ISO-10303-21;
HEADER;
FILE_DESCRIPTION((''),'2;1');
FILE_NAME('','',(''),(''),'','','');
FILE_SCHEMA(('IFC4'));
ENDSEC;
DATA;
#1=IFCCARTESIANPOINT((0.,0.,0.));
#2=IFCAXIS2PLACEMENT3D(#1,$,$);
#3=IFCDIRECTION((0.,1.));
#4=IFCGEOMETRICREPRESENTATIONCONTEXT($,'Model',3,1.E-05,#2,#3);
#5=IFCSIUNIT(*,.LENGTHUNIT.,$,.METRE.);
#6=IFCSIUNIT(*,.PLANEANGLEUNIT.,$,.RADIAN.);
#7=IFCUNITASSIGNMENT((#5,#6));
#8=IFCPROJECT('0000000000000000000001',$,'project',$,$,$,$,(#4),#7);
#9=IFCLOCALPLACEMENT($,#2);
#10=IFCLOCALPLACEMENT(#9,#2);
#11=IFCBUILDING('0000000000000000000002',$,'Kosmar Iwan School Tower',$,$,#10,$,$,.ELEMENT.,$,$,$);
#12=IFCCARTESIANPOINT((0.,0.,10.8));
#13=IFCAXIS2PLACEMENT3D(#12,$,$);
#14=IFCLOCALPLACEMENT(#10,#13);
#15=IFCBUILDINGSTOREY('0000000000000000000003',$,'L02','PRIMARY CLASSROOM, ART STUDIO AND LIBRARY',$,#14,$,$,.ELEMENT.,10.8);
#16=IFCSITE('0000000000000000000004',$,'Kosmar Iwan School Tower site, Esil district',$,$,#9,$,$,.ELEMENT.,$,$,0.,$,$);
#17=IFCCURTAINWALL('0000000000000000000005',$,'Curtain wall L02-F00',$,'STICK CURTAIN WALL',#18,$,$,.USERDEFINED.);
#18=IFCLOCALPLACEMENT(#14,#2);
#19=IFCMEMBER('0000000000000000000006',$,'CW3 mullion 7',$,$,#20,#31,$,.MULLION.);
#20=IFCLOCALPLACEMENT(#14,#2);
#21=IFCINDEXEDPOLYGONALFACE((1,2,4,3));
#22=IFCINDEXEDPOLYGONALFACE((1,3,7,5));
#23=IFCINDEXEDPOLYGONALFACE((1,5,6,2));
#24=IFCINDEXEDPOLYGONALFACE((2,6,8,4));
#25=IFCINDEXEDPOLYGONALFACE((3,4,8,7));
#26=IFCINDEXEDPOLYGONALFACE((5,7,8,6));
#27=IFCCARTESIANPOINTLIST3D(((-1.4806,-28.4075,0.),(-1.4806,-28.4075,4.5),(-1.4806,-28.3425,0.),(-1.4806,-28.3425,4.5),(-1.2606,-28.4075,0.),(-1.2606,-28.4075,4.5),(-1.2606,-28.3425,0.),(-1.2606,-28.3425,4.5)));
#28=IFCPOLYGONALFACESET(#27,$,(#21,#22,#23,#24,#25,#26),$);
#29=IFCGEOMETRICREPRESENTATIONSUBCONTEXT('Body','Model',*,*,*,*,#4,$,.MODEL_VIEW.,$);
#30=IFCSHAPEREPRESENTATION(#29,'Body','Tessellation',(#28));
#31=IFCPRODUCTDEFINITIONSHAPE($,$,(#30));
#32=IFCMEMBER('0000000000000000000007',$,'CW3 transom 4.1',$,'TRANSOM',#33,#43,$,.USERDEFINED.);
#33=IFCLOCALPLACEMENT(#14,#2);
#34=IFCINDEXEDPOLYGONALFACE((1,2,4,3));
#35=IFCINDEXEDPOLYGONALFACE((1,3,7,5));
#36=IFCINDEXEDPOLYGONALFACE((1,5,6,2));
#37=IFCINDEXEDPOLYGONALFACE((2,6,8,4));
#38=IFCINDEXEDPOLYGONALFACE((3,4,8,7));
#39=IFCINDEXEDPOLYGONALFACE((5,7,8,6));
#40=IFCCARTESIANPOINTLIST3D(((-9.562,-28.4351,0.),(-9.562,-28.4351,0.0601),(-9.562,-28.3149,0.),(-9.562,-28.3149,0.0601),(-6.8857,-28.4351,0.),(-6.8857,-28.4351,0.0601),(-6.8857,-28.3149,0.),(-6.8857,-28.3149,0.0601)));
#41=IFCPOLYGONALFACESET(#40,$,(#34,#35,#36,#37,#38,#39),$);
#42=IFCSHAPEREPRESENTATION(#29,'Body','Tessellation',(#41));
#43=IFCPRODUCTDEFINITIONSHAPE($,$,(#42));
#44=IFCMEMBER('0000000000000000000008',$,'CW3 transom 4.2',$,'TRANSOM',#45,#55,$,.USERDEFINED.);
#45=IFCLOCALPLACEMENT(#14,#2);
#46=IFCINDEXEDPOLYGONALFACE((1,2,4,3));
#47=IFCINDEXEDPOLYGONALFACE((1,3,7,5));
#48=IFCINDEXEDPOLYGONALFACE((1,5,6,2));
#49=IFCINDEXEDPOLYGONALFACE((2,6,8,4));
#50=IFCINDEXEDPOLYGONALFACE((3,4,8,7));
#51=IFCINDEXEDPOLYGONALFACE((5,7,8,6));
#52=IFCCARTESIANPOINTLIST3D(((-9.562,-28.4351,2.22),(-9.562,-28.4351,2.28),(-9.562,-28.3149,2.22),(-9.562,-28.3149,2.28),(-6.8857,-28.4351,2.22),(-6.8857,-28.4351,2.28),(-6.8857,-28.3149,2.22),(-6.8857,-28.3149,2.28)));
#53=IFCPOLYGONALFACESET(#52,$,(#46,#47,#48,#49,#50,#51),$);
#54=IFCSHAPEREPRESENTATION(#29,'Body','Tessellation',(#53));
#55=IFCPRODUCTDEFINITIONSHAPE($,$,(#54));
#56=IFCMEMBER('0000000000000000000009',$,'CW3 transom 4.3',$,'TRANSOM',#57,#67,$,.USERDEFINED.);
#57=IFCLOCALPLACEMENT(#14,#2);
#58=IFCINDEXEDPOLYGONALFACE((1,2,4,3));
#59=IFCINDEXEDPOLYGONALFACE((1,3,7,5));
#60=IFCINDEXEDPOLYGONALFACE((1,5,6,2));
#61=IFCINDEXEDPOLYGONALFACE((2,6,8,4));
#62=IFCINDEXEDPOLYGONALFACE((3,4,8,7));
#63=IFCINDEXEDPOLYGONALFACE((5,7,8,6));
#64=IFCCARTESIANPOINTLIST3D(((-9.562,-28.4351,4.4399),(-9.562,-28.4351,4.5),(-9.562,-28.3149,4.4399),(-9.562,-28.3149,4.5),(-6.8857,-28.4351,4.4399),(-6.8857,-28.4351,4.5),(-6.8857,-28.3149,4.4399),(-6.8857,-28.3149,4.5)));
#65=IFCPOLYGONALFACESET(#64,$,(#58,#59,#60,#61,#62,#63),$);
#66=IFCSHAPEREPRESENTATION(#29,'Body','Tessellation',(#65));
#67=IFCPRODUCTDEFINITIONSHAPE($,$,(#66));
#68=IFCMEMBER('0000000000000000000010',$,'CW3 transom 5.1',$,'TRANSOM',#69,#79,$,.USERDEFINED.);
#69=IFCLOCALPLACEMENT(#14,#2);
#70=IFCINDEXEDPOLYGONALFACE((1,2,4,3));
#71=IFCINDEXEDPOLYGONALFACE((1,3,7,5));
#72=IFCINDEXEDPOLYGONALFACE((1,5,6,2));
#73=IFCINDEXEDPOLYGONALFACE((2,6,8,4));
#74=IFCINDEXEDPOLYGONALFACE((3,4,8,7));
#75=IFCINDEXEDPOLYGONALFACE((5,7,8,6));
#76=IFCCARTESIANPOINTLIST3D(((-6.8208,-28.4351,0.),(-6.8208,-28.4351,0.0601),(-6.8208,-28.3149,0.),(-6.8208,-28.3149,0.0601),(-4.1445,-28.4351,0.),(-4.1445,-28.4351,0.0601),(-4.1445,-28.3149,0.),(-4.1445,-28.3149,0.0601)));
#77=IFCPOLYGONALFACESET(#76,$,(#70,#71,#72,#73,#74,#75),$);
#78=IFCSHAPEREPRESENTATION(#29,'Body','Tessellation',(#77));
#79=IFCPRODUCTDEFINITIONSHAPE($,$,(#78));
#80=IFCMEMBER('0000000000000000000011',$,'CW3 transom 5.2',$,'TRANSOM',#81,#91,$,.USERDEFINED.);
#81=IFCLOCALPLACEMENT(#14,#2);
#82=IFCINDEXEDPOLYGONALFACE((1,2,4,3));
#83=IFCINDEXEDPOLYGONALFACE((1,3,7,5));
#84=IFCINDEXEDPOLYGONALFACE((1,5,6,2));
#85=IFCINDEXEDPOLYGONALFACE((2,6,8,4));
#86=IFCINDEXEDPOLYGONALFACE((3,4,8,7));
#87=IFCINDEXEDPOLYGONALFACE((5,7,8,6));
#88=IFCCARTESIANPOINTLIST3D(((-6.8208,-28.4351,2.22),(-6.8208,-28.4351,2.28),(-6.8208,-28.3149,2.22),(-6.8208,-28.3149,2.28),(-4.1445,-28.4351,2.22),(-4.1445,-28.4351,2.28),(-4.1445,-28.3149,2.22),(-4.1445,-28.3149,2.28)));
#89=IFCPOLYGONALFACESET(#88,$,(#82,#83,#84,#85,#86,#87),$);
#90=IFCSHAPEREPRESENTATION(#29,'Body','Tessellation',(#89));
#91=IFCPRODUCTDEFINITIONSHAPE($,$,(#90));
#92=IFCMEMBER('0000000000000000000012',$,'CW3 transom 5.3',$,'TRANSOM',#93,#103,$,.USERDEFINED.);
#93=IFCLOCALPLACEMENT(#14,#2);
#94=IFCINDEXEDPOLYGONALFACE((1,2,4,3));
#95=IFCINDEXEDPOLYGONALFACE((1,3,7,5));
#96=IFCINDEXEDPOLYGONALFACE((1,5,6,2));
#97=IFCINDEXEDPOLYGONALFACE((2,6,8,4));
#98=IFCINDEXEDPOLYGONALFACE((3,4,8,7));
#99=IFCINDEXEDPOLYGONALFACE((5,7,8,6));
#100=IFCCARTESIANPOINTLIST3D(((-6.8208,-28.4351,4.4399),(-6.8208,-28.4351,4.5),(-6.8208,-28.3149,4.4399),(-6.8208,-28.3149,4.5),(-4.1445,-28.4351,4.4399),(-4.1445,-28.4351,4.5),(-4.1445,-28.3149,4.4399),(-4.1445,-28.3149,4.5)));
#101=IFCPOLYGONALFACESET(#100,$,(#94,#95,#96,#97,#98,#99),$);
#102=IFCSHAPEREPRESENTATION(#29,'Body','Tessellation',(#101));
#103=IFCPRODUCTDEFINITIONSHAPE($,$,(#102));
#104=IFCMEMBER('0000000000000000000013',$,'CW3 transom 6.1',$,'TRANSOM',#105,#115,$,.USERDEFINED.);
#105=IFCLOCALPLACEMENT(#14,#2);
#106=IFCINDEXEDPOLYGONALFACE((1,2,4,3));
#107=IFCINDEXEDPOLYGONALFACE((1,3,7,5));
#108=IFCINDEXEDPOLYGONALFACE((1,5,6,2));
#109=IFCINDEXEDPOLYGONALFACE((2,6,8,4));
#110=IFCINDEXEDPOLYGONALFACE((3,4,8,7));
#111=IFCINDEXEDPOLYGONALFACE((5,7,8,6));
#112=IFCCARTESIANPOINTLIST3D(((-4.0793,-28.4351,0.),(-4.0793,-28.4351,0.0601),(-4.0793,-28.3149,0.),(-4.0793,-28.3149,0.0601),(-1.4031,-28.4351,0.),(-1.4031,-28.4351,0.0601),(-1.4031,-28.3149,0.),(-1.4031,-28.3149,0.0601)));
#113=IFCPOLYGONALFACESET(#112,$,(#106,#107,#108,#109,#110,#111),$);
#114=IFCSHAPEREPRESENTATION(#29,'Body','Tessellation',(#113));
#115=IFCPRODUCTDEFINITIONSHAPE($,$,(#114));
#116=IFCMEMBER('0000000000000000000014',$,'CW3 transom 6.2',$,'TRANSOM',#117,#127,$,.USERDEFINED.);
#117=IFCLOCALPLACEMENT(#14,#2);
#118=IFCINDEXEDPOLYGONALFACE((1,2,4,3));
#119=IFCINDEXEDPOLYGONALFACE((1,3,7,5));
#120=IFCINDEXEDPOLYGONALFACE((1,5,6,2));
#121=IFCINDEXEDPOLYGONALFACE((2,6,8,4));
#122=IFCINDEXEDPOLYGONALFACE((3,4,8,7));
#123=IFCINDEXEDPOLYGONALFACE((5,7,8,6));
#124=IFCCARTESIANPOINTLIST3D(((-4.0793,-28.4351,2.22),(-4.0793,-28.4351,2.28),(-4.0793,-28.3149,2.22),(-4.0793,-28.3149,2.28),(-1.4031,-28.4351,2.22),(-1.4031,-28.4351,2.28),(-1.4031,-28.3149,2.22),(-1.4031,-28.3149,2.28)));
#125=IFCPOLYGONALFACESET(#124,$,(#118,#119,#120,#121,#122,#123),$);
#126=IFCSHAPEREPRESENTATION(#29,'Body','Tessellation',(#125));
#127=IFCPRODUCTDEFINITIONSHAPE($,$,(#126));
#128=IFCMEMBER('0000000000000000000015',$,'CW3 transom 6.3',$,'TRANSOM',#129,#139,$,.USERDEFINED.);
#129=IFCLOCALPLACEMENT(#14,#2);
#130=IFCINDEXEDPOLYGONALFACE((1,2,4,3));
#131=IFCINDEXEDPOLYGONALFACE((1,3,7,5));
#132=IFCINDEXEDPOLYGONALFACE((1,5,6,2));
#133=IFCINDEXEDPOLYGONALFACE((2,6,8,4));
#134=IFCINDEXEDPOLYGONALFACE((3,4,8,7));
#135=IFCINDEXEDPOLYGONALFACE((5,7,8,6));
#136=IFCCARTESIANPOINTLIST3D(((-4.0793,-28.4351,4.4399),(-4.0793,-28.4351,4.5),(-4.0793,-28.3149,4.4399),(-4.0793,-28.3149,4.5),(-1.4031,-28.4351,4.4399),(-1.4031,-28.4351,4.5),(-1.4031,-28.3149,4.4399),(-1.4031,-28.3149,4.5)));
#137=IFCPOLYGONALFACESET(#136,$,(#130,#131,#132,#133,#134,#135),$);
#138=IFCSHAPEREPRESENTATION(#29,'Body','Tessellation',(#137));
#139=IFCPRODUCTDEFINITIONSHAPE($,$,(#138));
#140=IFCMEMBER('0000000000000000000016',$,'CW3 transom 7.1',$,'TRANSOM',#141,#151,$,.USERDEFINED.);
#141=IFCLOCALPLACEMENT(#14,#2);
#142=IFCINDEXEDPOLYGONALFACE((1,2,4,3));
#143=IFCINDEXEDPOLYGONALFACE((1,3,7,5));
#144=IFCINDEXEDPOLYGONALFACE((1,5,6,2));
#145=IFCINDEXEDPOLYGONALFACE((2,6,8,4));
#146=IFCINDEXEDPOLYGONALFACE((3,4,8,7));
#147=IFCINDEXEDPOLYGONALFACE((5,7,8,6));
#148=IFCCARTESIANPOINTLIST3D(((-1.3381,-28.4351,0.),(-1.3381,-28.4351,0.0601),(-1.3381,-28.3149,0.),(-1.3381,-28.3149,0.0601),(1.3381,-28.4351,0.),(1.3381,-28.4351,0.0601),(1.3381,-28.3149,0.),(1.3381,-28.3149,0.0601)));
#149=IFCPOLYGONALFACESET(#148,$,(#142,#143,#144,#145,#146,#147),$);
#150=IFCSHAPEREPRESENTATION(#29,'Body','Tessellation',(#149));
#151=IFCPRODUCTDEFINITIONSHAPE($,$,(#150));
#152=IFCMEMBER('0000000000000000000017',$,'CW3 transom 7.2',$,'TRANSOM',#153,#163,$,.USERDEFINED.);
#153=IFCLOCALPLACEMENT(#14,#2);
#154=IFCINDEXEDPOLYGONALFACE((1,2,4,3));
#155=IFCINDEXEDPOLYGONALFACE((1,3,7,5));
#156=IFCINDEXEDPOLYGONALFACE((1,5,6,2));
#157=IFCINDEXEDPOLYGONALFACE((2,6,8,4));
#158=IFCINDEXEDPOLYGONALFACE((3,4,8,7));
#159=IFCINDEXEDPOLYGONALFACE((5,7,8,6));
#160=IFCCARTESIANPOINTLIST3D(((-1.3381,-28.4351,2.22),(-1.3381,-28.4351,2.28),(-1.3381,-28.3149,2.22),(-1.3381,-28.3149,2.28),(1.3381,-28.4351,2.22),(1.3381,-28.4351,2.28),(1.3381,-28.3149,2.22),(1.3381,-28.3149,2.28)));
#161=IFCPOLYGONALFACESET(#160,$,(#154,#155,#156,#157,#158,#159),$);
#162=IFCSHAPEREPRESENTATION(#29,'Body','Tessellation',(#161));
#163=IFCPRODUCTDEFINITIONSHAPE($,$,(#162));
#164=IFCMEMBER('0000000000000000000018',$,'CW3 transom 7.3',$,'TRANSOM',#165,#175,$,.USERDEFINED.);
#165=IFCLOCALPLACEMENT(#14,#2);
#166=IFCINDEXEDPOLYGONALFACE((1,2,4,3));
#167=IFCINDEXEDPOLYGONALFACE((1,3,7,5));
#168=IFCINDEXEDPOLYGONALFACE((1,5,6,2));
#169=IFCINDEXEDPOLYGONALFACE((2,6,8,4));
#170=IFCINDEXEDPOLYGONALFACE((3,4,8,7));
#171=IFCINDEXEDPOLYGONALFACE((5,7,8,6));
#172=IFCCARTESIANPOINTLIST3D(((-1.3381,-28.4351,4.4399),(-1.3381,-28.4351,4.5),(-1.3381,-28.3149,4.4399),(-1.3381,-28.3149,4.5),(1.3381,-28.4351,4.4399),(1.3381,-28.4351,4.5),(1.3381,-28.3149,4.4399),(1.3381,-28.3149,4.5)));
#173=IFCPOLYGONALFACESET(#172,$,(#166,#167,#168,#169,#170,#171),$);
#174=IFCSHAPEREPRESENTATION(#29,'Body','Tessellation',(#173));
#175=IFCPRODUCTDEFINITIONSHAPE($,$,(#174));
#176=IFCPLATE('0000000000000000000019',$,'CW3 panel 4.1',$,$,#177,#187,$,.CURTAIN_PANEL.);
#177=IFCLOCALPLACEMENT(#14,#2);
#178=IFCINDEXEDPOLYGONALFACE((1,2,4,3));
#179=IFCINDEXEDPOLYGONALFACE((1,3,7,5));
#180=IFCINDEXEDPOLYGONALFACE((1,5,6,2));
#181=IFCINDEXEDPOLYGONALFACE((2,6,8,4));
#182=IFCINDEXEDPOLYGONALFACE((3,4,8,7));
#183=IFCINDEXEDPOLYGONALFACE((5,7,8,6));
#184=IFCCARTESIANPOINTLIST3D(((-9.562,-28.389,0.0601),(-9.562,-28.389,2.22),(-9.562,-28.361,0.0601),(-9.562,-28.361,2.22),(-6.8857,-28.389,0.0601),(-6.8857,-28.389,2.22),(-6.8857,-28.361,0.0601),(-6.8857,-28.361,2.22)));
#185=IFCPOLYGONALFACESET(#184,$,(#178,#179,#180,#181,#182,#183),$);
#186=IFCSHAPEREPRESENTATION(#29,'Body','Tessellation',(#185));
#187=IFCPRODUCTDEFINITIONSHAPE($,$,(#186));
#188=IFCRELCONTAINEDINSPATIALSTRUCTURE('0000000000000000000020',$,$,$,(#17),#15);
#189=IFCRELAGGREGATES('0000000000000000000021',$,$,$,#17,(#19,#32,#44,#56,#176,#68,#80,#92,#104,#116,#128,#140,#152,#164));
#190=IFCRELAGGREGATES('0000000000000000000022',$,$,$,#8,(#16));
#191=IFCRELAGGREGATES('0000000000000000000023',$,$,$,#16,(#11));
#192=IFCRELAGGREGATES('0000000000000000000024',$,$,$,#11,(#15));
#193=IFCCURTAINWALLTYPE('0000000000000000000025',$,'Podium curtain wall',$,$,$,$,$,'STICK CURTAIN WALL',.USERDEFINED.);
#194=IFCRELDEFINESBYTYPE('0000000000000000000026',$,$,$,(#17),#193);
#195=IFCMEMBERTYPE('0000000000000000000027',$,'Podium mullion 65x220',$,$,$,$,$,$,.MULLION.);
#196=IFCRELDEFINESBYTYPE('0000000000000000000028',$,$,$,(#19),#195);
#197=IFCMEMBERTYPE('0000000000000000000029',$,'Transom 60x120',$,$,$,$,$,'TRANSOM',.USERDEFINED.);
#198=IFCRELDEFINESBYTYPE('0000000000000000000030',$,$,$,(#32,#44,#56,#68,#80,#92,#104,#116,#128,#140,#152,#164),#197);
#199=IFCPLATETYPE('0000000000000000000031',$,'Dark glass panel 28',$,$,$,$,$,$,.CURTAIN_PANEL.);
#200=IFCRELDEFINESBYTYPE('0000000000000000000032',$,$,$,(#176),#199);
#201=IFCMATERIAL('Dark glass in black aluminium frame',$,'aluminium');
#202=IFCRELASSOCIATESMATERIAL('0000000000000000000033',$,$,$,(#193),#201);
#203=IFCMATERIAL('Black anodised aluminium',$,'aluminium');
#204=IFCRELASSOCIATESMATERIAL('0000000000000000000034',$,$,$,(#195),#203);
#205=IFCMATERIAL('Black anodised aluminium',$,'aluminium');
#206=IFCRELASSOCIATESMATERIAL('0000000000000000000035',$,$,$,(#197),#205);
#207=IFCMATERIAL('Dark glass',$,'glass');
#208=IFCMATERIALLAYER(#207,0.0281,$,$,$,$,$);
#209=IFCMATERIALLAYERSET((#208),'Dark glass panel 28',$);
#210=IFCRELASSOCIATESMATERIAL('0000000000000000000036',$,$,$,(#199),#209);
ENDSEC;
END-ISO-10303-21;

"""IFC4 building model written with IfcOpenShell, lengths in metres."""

from ifc_helpers import new_model, si_unit, direction, frame, origin, origin_2d, place, context, subcontext, project, spatial, rectangle, extrude, material, layer, layer_set, material_profile, profile_set, type_object, element, aggregate, save


model = new_model("IFC4")

# Units and contexts
model_context = context("Model", 3, precision=1e-05, world=origin(), true_north=direction((0.0, 1.0)))
body_context = subcontext(model_context, "Body", "Model", "MODEL_VIEW")
ifc_project = project(units=[si_unit("LENGTHUNIT", "METRE"), si_unit("PLANEANGLEUNIT", "RADIAN")], contexts=[model_context])

# Site, building, storey
site_placement = place(None, origin())
site = spatial("IfcSite", under=ifc_project, at=site_placement, Name="Kosmar Iwan School Tower site, Esil district", CompositionType="ELEMENT", RefElevation=0.0)
building_placement = place(site_placement, origin())
building = spatial("IfcBuilding", under=site, at=building_placement, Name="Kosmar Iwan School Tower", CompositionType="ELEMENT")
storey_placement = place(building_placement, frame((0.0, 0.0, 10.8)))
storey = spatial("IfcBuildingStorey", under=building, at=storey_placement, Name="L02", Description="PRIMARY CLASSROOM, ART STUDIO AND LIBRARY", CompositionType="ELEMENT", Elevation=10.8)

# Curtain wall, members, plate
ifc_material_1 = material(Name="Dark glass in black aluminium frame", Category="aluminium")
curtain_wall_type = type_object("IfcCurtainWallType", Name="Podium curtain wall", ElementType="STICK CURTAIN WALL", PredefinedType="USERDEFINED", material=ifc_material_1)
curtain_wall_placement = place(storey_placement, origin())
curtain_wall = element("IfcCurtainWall", 1, at=curtain_wall_placement, inside=storey, type_object=curtain_wall_type, Name="Curtain wall L02-F00", ObjectType="STICK CURTAIN WALL", PredefinedType="USERDEFINED")
ifc_material_2 = material(Name="Black anodised aluminium", Category="aluminium")
ifc_material_profile_1 = material_profile(ifc_material_2, rectangle(XDim=0.0649, YDim=0.22, at=origin_2d()), Name="MULLION 65x220")
ifc_profile_set_1 = profile_set([ifc_material_profile_1], Name="Black anodised aluminium")
member_type_1 = type_object("IfcMemberType", Name="Podium mullion 65x220", PredefinedType="MULLION", material=ifc_profile_set_1)
member_1_placement = place(storey_placement, frame((-1.3706, -28.375, 0.0), z_axis=(0.0, 0.0, 1.0), x_axis=(0.0, 1.0, 0.0)))
member_1 = element("IfcMember", 2, at=member_1_placement, type_object=member_type_1, Name="CW3 mullion 7", PredefinedType="MULLION", context=body_context, shape_type="SweptSolid", body=[
    extrude(rectangle(XDim=0.0649, YDim=0.22, at=origin_2d()), origin(), (0.0, 0.0, 1.0), 4.5),
])
ifc_material_3 = material(Name="Black anodised aluminium", Category="aluminium")
ifc_material_profile_2 = material_profile(ifc_material_3, rectangle(XDim=0.1201, YDim=0.0601, at=origin_2d()), Name="TRANSOM 60x120")
ifc_profile_set_2 = profile_set([ifc_material_profile_2], Name="Black anodised aluminium")
member_type_2 = type_object("IfcMemberType", Name="Transom 60x120", ElementType="TRANSOM", PredefinedType="USERDEFINED", material=ifc_profile_set_2)
member_2_placement = place(storey_placement, frame((-9.562, -28.375, 0.03), z_axis=(1.0, 0.0, 0.0), x_axis=(0.0, 1.0, 0.0)))
member_2 = element("IfcMember", 3, at=member_2_placement, type_object=member_type_2, Name="CW3 transom 4.1", ObjectType="TRANSOM", PredefinedType="USERDEFINED", context=body_context, shape_type="SweptSolid", body=[
    extrude(rectangle(XDim=0.1201, YDim=0.0601, at=origin_2d()), origin(), (0.0, 0.0, 1.0), 2.6763),
])
member_3_placement = place(storey_placement, frame((-9.562, -28.375, 2.25), z_axis=(1.0, 0.0, 0.0), x_axis=(0.0, 1.0, 0.0)))
member_3 = element("IfcMember", 4, at=member_3_placement, type_object=member_type_2, Name="CW3 transom 4.2", ObjectType="TRANSOM", PredefinedType="USERDEFINED", context=body_context, shape_type="SweptSolid", body=[
    extrude(rectangle(XDim=0.1201, YDim=0.0601, at=origin_2d()), origin(), (0.0, 0.0, 1.0), 2.6763),
])
member_4_placement = place(storey_placement, frame((-9.562, -28.375, 4.47), z_axis=(1.0, 0.0, 0.0), x_axis=(0.0, 1.0, 0.0)))
member_4 = element("IfcMember", 5, at=member_4_placement, type_object=member_type_2, Name="CW3 transom 4.3", ObjectType="TRANSOM", PredefinedType="USERDEFINED", context=body_context, shape_type="SweptSolid", body=[
    extrude(rectangle(XDim=0.1201, YDim=0.0601, at=origin_2d()), origin(), (0.0, 0.0, 1.0), 2.6763),
])
member_5_placement = place(storey_placement, frame((-6.8208, -28.375, 0.03), z_axis=(1.0, 0.0, 0.0), x_axis=(0.0, 1.0, 0.0)))
member_5 = element("IfcMember", 6, at=member_5_placement, type_object=member_type_2, Name="CW3 transom 5.1", ObjectType="TRANSOM", PredefinedType="USERDEFINED", context=body_context, shape_type="SweptSolid", body=[
    extrude(rectangle(XDim=0.1201, YDim=0.0601, at=origin_2d()), origin(), (0.0, 0.0, 1.0), 2.6763),
])
member_6_placement = place(storey_placement, frame((-6.8208, -28.375, 2.25), z_axis=(1.0, 0.0, 0.0), x_axis=(0.0, 1.0, 0.0)))
member_6 = element("IfcMember", 7, at=member_6_placement, type_object=member_type_2, Name="CW3 transom 5.2", ObjectType="TRANSOM", PredefinedType="USERDEFINED", context=body_context, shape_type="SweptSolid", body=[
    extrude(rectangle(XDim=0.1201, YDim=0.0601, at=origin_2d()), origin(), (0.0, 0.0, 1.0), 2.6763),
])
member_7_placement = place(storey_placement, frame((-6.8208, -28.375, 4.47), z_axis=(1.0, 0.0, 0.0), x_axis=(0.0, 1.0, 0.0)))
member_7 = element("IfcMember", 8, at=member_7_placement, type_object=member_type_2, Name="CW3 transom 5.3", ObjectType="TRANSOM", PredefinedType="USERDEFINED", context=body_context, shape_type="SweptSolid", body=[
    extrude(rectangle(XDim=0.1201, YDim=0.0601, at=origin_2d()), origin(), (0.0, 0.0, 1.0), 2.6763),
])
member_8_placement = place(storey_placement, frame((-4.0793, -28.375, 0.03), z_axis=(1.0, 0.0, 0.0), x_axis=(0.0, 1.0, 0.0)))
member_8 = element("IfcMember", 9, at=member_8_placement, type_object=member_type_2, Name="CW3 transom 6.1", ObjectType="TRANSOM", PredefinedType="USERDEFINED", context=body_context, shape_type="SweptSolid", body=[
    extrude(rectangle(XDim=0.1201, YDim=0.0601, at=origin_2d()), origin(), (0.0, 0.0, 1.0), 2.6763),
])
member_9_placement = place(storey_placement, frame((-4.0793, -28.375, 2.25), z_axis=(1.0, 0.0, 0.0), x_axis=(0.0, 1.0, 0.0)))
member_9 = element("IfcMember", 10, at=member_9_placement, type_object=member_type_2, Name="CW3 transom 6.2", ObjectType="TRANSOM", PredefinedType="USERDEFINED", context=body_context, shape_type="SweptSolid", body=[
    extrude(rectangle(XDim=0.1201, YDim=0.0601, at=origin_2d()), origin(), (0.0, 0.0, 1.0), 2.6763),
])
member_10_placement = place(storey_placement, frame((-4.0793, -28.375, 4.47), z_axis=(1.0, 0.0, 0.0), x_axis=(0.0, 1.0, 0.0)))
member_10 = element("IfcMember", 11, at=member_10_placement, type_object=member_type_2, Name="CW3 transom 6.3", ObjectType="TRANSOM", PredefinedType="USERDEFINED", context=body_context, shape_type="SweptSolid", body=[
    extrude(rectangle(XDim=0.1201, YDim=0.0601, at=origin_2d()), origin(), (0.0, 0.0, 1.0), 2.6763),
])
member_11_placement = place(storey_placement, frame((-1.3381, -28.375, 0.03), z_axis=(1.0, 0.0, 0.0), x_axis=(0.0, 1.0, 0.0)))
member_11 = element("IfcMember", 12, at=member_11_placement, type_object=member_type_2, Name="CW3 transom 7.1", ObjectType="TRANSOM", PredefinedType="USERDEFINED", context=body_context, shape_type="SweptSolid", body=[
    extrude(rectangle(XDim=0.1201, YDim=0.0601, at=origin_2d()), origin(), (0.0, 0.0, 1.0), 2.6763),
])
member_12_placement = place(storey_placement, frame((-1.3381, -28.375, 2.25), z_axis=(1.0, 0.0, 0.0), x_axis=(0.0, 1.0, 0.0)))
member_12 = element("IfcMember", 13, at=member_12_placement, type_object=member_type_2, Name="CW3 transom 7.2", ObjectType="TRANSOM", PredefinedType="USERDEFINED", context=body_context, shape_type="SweptSolid", body=[
    extrude(rectangle(XDim=0.1201, YDim=0.0601, at=origin_2d()), origin(), (0.0, 0.0, 1.0), 2.6763),
])
member_13_placement = place(storey_placement, frame((-1.3381, -28.375, 4.47), z_axis=(1.0, 0.0, 0.0), x_axis=(0.0, 1.0, 0.0)))
member_13 = element("IfcMember", 14, at=member_13_placement, type_object=member_type_2, Name="CW3 transom 7.3", ObjectType="TRANSOM", PredefinedType="USERDEFINED", context=body_context, shape_type="SweptSolid", body=[
    extrude(rectangle(XDim=0.1201, YDim=0.0601, at=origin_2d()), origin(), (0.0, 0.0, 1.0), 2.6763),
])
ifc_material_4 = material(Name="Dark glass", Category="glass")
ifc_layer = layer(ifc_material_4, 0.0281)
ifc_layer_set = layer_set([ifc_layer], Name="Dark glass panel 28")
plate_type = type_object("IfcPlateType", Name="Dark glass panel 28", PredefinedType="CURTAIN_PANEL", material=ifc_layer_set)
plate_1_placement = place(storey_placement, frame((-8.2239, -28.375, 0.0601), z_axis=(0.0, 0.0, 1.0), x_axis=(1.0, 0.0, 0.0)))
plate_1 = element("IfcPlate", 15, at=plate_1_placement, type_object=plate_type, Name="CW3 panel 4.1", PredefinedType="CURTAIN_PANEL", context=body_context, shape_type="SweptSolid", body=[
    extrude(rectangle(XDim=2.6763, YDim=0.0281, at=origin_2d()), origin(), (0.0, 0.0, 1.0), 2.1599),
])
aggregate(curtain_wall, [member_1, member_2, member_3, member_4, plate_1, member_5, member_6, member_7, member_8, member_9, member_10, member_11, member_12, member_13])

save(model, "model.ifc")
